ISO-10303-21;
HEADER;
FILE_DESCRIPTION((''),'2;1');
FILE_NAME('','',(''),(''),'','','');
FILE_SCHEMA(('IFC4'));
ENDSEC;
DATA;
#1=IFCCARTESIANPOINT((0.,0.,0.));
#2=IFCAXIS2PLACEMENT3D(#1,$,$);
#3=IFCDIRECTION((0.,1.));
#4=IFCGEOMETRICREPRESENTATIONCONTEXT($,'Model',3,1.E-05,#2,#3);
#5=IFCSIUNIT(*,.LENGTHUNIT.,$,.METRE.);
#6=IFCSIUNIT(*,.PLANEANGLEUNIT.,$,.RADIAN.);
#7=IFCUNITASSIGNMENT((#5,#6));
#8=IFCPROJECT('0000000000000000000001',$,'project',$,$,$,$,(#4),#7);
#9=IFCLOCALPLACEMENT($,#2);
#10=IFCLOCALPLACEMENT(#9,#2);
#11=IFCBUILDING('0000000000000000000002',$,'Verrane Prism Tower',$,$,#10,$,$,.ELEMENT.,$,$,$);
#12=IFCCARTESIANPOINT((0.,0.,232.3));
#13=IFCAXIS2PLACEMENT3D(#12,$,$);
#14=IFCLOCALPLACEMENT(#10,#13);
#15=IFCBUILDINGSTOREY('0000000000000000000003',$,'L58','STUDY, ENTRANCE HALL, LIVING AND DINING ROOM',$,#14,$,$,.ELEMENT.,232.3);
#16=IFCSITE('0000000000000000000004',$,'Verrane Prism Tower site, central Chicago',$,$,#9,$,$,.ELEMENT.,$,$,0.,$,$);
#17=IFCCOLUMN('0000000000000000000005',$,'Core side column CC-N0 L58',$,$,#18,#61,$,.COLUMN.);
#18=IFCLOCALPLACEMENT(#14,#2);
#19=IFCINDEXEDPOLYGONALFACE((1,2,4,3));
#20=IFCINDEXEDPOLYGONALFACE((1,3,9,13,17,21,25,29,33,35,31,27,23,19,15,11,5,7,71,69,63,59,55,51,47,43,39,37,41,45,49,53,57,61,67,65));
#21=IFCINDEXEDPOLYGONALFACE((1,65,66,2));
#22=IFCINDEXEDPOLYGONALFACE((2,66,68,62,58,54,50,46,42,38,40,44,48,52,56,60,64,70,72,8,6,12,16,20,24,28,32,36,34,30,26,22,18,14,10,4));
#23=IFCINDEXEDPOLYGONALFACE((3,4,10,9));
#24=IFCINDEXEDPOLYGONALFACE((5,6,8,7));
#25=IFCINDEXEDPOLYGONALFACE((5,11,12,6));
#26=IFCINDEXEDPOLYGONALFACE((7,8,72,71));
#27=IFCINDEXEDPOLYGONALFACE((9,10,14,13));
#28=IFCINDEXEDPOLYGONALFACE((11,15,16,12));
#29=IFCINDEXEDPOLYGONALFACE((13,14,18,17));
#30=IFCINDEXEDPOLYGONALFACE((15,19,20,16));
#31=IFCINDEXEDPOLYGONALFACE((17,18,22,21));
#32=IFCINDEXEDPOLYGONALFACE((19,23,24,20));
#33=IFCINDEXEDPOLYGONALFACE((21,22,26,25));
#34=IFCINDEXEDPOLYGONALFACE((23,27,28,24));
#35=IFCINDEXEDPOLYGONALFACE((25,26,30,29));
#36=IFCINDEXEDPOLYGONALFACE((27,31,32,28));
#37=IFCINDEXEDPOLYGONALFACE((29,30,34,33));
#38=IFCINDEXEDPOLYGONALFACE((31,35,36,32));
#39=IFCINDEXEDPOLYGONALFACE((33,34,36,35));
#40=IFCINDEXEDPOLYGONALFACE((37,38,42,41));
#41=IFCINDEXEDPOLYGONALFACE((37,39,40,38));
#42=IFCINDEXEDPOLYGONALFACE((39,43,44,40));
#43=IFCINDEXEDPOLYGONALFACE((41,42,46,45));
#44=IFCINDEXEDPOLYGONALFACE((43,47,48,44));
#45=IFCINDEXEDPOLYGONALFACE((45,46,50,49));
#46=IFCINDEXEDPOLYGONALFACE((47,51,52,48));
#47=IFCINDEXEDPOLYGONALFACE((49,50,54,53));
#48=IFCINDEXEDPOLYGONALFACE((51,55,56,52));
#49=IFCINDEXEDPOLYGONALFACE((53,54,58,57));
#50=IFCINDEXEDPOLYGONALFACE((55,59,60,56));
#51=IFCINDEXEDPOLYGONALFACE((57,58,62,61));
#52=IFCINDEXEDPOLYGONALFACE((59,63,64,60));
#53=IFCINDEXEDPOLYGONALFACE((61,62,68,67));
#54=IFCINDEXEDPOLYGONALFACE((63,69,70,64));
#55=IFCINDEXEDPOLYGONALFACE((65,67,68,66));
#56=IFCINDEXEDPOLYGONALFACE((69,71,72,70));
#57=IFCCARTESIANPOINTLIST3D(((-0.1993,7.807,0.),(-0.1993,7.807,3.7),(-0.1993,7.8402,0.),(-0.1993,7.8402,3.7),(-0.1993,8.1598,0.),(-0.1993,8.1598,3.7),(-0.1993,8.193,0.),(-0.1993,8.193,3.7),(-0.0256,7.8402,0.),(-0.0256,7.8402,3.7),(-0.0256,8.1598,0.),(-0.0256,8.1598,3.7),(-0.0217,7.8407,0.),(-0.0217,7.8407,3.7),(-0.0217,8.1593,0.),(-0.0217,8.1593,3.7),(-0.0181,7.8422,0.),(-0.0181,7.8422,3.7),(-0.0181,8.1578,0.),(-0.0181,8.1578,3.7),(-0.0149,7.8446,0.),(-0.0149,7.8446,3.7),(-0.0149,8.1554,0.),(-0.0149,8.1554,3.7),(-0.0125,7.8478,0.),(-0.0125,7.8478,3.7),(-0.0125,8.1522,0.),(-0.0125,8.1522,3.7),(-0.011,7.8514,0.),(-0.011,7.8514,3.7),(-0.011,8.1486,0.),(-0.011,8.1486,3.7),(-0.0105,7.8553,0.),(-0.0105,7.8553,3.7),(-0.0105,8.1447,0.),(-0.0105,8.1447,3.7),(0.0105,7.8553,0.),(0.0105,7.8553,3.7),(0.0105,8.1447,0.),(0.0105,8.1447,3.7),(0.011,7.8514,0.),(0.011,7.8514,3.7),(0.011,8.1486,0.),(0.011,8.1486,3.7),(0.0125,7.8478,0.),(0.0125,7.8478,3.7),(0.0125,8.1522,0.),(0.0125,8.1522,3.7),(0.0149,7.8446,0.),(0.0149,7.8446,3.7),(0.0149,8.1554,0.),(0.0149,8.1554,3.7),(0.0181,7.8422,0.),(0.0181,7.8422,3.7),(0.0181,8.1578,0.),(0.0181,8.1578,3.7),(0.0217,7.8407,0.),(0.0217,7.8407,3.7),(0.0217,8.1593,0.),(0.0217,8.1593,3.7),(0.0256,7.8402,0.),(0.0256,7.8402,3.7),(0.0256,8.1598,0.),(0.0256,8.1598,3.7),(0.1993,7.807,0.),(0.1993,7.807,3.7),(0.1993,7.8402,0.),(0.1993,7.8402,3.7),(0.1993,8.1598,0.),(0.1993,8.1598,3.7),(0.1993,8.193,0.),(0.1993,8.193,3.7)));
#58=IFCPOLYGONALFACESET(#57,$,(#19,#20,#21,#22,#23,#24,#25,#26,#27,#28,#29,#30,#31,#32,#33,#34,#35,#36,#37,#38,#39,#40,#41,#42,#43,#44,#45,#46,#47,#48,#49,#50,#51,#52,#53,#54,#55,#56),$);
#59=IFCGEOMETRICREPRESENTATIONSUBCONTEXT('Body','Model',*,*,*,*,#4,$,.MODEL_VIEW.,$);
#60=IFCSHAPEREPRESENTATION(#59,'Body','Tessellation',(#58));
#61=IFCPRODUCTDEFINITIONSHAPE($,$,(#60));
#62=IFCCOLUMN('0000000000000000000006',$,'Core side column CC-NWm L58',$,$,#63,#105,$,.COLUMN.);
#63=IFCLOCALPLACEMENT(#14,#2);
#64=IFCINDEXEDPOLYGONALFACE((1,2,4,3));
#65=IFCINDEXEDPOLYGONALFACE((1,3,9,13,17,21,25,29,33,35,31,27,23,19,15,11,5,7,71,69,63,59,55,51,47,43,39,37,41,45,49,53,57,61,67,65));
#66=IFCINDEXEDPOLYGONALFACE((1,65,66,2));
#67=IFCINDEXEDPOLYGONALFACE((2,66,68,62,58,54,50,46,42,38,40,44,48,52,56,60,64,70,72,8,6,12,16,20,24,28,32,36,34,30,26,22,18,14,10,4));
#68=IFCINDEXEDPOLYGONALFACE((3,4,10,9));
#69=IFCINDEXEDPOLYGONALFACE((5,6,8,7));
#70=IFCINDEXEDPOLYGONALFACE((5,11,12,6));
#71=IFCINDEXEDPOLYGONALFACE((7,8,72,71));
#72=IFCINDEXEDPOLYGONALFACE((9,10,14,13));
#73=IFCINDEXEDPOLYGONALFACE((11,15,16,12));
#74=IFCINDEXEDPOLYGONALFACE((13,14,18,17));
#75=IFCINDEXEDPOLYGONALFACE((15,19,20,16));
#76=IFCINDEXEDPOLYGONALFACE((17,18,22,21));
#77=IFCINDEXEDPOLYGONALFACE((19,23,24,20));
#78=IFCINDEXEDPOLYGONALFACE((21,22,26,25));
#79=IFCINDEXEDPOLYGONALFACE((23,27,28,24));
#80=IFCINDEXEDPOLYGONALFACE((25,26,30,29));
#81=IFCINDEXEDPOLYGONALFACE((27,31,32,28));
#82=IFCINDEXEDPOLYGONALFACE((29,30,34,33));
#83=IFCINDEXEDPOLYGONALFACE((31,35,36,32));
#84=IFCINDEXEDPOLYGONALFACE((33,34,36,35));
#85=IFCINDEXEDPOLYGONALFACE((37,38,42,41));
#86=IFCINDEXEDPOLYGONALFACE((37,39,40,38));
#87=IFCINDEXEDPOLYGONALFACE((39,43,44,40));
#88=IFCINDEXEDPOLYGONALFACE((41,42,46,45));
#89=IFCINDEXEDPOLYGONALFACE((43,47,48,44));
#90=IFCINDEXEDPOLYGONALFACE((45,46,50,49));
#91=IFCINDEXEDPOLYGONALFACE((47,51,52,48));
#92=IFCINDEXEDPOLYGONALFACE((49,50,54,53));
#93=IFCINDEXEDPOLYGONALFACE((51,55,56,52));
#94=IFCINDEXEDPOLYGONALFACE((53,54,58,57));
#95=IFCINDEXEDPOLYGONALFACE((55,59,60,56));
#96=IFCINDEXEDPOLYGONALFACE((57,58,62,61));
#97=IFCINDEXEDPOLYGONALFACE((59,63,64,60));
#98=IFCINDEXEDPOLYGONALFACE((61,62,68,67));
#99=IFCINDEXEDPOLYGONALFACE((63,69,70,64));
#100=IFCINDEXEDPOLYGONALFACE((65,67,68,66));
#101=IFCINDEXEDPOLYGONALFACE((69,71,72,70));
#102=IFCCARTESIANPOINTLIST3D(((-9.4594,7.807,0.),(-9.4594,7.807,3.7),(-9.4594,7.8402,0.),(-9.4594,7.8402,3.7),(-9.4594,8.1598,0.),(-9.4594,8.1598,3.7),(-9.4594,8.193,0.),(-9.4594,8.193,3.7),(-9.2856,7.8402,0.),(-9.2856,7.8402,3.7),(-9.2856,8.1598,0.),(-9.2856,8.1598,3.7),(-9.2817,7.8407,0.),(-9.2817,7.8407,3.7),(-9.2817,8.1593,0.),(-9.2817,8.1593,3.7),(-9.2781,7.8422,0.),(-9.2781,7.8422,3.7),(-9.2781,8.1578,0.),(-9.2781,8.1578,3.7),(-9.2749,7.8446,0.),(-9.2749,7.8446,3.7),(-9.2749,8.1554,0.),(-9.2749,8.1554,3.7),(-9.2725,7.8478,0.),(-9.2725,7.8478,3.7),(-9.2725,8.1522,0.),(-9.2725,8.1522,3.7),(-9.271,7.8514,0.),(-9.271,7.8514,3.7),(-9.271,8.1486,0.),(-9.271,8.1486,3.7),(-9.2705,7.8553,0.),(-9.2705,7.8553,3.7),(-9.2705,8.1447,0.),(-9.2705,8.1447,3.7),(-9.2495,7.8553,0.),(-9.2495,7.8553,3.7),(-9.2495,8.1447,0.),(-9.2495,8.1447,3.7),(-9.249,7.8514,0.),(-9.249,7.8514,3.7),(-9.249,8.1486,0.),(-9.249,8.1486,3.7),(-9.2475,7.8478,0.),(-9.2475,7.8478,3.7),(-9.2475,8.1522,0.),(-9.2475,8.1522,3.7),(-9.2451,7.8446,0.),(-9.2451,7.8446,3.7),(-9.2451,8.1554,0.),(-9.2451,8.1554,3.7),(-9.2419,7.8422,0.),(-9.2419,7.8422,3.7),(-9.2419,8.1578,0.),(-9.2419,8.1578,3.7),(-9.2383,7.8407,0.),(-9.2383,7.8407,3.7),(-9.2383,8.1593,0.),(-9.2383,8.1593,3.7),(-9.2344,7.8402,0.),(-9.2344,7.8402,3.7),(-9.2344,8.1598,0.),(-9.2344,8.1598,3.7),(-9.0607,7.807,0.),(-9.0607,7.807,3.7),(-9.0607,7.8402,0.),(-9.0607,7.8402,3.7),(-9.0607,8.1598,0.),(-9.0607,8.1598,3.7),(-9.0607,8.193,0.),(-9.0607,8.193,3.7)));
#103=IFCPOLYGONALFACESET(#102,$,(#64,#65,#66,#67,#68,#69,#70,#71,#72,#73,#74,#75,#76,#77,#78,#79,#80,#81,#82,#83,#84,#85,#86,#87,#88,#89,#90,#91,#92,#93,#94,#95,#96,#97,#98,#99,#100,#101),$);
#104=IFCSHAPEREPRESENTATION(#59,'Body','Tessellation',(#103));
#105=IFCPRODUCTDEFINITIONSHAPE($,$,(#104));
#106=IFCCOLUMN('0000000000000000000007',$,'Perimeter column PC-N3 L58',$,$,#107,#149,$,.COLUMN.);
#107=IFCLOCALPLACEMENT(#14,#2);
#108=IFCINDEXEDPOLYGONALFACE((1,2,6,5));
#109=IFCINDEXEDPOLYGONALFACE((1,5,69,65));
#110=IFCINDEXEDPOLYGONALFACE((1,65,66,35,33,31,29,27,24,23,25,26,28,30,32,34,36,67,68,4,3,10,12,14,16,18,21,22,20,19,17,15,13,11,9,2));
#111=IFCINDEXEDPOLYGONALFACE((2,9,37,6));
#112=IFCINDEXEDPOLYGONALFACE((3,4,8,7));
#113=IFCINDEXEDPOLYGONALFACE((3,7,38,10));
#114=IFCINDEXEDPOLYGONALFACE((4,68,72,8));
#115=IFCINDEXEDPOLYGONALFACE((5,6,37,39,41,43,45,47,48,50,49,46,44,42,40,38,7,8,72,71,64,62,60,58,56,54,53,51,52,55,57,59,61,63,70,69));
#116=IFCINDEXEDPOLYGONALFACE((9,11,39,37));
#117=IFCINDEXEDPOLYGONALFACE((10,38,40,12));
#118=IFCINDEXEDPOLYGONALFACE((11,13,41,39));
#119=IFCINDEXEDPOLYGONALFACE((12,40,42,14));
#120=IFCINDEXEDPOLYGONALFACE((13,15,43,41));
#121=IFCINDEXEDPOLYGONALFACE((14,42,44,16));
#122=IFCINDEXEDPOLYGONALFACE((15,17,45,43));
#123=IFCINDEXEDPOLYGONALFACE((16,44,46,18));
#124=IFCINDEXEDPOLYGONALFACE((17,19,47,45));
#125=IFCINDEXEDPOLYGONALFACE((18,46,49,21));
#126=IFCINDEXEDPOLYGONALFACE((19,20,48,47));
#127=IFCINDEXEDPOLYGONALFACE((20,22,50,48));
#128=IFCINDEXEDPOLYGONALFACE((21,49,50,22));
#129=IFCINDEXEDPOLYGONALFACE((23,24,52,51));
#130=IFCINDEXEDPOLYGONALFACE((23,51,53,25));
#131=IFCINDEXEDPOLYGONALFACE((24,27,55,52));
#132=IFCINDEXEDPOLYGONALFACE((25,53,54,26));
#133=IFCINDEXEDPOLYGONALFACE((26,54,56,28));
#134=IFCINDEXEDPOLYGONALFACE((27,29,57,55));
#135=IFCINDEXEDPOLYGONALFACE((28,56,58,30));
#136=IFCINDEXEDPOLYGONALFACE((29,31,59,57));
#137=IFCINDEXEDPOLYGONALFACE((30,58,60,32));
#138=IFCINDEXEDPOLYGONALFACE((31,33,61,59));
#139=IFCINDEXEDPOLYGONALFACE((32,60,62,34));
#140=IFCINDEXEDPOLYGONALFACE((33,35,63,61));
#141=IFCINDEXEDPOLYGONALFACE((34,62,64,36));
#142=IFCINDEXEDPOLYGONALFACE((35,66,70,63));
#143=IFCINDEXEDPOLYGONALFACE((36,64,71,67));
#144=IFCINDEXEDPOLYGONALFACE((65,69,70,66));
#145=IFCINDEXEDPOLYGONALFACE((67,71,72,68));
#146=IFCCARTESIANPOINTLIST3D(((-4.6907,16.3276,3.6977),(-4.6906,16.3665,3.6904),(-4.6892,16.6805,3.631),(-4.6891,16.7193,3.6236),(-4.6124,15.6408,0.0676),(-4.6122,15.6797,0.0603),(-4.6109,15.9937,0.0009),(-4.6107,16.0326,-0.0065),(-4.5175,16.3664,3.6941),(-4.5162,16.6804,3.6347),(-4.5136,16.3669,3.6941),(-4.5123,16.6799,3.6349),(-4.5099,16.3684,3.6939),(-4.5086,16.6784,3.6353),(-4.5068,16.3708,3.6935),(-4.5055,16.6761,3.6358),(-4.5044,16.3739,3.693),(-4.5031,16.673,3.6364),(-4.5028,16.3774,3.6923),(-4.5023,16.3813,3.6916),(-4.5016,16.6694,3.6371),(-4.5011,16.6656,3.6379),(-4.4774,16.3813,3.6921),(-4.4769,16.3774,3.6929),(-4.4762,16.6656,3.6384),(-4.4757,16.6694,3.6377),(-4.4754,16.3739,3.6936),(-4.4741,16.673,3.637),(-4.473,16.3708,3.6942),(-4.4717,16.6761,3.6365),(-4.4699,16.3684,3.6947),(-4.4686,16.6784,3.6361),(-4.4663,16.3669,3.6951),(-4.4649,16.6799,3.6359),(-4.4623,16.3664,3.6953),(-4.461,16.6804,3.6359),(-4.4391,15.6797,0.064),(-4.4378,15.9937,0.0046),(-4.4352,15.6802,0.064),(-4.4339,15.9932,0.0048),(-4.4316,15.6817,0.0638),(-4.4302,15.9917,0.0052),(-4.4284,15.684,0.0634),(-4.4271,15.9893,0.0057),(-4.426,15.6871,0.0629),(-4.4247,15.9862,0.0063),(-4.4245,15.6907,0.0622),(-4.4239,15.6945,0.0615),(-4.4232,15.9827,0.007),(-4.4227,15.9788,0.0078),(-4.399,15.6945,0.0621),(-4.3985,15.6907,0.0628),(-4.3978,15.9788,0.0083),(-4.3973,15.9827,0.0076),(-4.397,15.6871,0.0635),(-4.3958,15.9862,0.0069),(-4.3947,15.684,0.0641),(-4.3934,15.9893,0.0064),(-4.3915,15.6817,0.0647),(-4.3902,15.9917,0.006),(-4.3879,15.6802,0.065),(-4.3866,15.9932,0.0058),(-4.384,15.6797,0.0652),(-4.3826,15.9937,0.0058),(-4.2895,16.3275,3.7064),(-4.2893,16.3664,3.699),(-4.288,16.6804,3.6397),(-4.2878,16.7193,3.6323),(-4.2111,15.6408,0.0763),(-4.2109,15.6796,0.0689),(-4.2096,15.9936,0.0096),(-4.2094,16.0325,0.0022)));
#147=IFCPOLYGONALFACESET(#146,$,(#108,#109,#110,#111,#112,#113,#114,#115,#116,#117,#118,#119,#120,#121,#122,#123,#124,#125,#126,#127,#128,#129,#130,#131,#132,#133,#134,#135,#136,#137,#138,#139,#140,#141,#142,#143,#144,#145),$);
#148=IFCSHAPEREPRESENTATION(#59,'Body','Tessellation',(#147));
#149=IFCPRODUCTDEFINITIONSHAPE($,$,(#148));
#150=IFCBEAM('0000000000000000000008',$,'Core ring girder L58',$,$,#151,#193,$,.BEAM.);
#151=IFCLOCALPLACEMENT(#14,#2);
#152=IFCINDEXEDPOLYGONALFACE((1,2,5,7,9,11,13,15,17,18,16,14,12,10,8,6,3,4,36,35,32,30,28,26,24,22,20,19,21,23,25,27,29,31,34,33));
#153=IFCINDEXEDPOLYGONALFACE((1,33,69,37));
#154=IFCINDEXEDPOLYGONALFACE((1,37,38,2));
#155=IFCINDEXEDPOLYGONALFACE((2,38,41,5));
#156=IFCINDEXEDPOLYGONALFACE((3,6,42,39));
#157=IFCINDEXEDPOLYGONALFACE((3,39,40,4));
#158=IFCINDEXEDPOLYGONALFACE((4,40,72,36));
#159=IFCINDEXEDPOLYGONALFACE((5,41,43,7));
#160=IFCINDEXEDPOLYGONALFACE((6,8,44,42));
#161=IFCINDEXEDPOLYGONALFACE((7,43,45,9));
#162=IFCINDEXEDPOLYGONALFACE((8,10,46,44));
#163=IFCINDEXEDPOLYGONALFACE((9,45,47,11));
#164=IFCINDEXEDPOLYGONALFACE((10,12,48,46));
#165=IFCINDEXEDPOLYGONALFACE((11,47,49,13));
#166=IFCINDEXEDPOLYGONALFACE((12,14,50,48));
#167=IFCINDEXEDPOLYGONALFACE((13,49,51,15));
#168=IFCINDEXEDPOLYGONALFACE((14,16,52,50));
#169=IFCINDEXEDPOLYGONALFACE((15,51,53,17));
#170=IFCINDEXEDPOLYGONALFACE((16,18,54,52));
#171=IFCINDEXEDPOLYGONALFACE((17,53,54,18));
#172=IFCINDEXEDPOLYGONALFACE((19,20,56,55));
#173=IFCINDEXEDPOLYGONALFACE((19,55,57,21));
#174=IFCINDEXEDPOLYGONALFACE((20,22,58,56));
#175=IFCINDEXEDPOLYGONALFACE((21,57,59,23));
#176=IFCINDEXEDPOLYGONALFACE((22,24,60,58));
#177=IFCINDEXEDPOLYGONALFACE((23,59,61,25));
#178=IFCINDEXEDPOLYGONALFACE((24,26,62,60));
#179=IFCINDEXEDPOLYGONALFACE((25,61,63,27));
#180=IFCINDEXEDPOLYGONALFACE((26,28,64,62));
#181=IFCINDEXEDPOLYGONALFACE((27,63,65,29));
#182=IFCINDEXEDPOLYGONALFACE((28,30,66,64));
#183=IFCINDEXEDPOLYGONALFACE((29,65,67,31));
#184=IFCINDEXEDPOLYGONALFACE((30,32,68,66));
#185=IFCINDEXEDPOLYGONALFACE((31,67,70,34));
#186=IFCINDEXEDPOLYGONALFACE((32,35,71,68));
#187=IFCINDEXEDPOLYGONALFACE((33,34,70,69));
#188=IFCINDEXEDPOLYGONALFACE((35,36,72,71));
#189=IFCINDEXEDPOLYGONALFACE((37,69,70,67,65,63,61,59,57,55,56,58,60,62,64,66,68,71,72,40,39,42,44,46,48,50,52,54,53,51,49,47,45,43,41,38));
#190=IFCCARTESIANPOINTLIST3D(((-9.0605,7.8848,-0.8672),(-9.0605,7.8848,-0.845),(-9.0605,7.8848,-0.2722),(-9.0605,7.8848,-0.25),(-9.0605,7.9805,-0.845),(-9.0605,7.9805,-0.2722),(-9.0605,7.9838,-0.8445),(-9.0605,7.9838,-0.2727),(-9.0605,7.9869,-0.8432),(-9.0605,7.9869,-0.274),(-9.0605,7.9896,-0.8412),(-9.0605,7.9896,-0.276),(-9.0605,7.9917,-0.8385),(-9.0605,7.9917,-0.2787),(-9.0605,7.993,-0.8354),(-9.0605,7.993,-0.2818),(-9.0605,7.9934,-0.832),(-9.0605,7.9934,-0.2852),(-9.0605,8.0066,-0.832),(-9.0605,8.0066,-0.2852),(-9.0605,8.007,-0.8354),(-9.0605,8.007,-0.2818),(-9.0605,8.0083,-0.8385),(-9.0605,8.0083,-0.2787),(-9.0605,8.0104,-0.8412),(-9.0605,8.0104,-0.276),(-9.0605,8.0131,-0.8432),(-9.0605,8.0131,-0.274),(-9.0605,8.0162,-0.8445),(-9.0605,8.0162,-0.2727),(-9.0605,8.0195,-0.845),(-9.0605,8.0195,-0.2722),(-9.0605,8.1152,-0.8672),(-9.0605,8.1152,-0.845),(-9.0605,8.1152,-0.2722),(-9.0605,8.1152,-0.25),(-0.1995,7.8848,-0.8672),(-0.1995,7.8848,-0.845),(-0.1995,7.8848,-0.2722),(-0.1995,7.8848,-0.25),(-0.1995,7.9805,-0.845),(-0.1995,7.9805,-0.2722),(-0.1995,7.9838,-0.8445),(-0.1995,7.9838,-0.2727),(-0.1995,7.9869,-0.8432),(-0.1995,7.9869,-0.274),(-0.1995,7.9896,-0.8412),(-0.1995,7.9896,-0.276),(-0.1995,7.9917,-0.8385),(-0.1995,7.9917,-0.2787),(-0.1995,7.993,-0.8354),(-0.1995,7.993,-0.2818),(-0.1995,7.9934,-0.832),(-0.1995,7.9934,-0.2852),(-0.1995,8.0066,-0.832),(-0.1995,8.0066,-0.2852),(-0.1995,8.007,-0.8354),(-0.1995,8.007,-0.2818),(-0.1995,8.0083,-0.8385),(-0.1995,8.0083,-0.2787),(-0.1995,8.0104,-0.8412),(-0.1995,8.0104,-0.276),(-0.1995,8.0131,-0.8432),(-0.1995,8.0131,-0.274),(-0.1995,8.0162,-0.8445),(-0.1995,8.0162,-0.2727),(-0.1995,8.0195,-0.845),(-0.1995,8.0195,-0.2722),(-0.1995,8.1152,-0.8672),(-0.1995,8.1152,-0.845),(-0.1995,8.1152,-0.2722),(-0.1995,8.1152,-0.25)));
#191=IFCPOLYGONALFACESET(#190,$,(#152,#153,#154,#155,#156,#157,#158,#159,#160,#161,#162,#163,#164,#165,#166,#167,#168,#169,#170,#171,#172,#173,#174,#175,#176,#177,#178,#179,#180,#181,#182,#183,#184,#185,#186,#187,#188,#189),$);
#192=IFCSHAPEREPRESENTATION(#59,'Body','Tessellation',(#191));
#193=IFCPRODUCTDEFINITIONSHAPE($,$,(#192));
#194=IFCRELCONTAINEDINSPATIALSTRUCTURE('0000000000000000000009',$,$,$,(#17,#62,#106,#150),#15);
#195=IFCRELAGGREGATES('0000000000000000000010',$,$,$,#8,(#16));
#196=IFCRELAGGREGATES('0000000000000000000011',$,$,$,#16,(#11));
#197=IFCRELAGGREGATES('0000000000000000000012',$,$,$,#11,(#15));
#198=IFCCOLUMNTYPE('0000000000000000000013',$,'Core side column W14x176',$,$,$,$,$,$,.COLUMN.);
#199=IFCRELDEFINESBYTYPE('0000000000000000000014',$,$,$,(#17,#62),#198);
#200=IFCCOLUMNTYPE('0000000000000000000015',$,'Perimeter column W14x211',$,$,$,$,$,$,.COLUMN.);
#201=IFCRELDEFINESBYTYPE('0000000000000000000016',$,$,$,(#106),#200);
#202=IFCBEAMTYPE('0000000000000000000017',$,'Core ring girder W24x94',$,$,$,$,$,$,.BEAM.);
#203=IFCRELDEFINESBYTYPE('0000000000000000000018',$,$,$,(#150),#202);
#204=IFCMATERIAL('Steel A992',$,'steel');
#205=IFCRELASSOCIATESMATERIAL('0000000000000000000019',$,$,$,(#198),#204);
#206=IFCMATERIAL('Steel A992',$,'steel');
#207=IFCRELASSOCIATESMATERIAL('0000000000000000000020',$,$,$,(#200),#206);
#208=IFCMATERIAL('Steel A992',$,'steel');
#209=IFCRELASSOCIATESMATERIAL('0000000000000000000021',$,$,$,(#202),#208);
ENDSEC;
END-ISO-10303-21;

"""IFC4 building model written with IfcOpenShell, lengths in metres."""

from ifc_helpers import new_model, si_unit, direction, frame, origin, origin_2d, place, context, subcontext, project, spatial, i_section, extrude, material, material_profile, profile_set, type_object, element, save


model = new_model("IFC4")

# Units and contexts
model_context = context("Model", 3, precision=1e-05, world=origin(), true_north=direction((0.0, 1.0)))
body_context = subcontext(model_context, "Body", "Model", "MODEL_VIEW")
ifc_project = project(units=[si_unit("LENGTHUNIT", "METRE"), si_unit("PLANEANGLEUNIT", "RADIAN")], contexts=[model_context])

# Site, building, storey
site_placement = place(None, origin())
site = spatial("IfcSite", under=ifc_project, at=site_placement, Name="Verrane Prism Tower site, central Chicago", CompositionType="ELEMENT", RefElevation=0.0)
building_placement = place(site_placement, origin())
building = spatial("IfcBuilding", under=site, at=building_placement, Name="Verrane Prism Tower", CompositionType="ELEMENT")
storey_placement = place(building_placement, frame((0.0, 0.0, 232.3)))
storey = spatial("IfcBuildingStorey", under=building, at=storey_placement, Name="L58", Description="STUDY, ENTRANCE HALL, LIVING AND DINING ROOM", CompositionType="ELEMENT", Elevation=232.3)

# Columns
ifc_material_1 = material(Name="Steel A992", Category="steel")
ifc_material_profile_1 = material_profile(ifc_material_1, i_section(OverallWidth=0.3987, OverallDepth=0.386, WebThickness=0.021, FlangeThickness=0.0332, FilletRadius=0.0151, at=origin_2d()), Name="W14x176")
ifc_profile_set_1 = profile_set([ifc_material_profile_1], Name="Steel A992")
column_type_1 = type_object("IfcColumnType", Name="Core side column W14x176", PredefinedType="COLUMN", material=ifc_profile_set_1)
for number, where, z_axis, x_axis, name in (
    (1, (0.0, 8.0, 0.0), (0.0, 0.0, 1.0), (1.0, 0.0, 0.0), "Core side column CC-N0 L58"),
    (2, (-9.26, 8.0, 0.0), (0.0, 0.0, 1.0), (1.0, 0.0, 0.0), "Core side column CC-NWm L58"),
):
    element("IfcColumn", number, at=place(storey_placement, frame(where, z_axis=z_axis, x_axis=x_axis)), inside=storey, type_object=column_type_1, Name=name, PredefinedType="COLUMN", context=body_context, shape_type="SweptSolid", body=[
        extrude(i_section(OverallWidth=0.3987, OverallDepth=0.386, WebThickness=0.021, FlangeThickness=0.0332, FilletRadius=0.0151, at=origin_2d()), origin(), (0.0, 0.0, 1.0), 3.7),
    ])
ifc_material_2 = material(Name="Steel A992", Category="steel")
ifc_material_profile_2 = material_profile(ifc_material_2, i_section(OverallWidth=0.4014, OverallDepth=0.3987, WebThickness=0.0249, FlangeThickness=0.0396, FilletRadius=0.0151, at=origin_2d()), Name="W14x211")
ifc_profile_set_2 = profile_set([ifc_material_profile_2], Name="Steel A992")
column_type_2 = type_object("IfcColumnType", Name="Perimeter column W14x211", PredefinedType="COLUMN", material=ifc_profile_set_2)
column_placement = place(storey_placement, frame((-4.4109, 15.8367, 0.0349), z_axis=(-0.021208, 0.185846, 0.98235), x_axis=(0.999766, -0.00017, 0.021616)))
element("IfcColumn", 3, at=column_placement, inside=storey, type_object=column_type_2, Name="Perimeter column PC-N3 L58", PredefinedType="COLUMN", context=body_context, shape_type="SweptSolid", body=[
    extrude(i_section(OverallWidth=0.4014, OverallDepth=0.3987, WebThickness=0.0249, FlangeThickness=0.0396, FilletRadius=0.0151, at=origin_2d()), origin(), (0.0, 0.0, 1.0), 3.6953),
])

# Beam
ifc_material_3 = material(Name="Steel A992", Category="steel")
ifc_material_profile_3 = material_profile(ifc_material_3, i_section(OverallWidth=0.2305, OverallDepth=0.6172, WebThickness=0.0132, FlangeThickness=0.0222, FilletRadius=0.0129, at=origin_2d()), Name="W24x94")
ifc_profile_set_3 = profile_set([ifc_material_profile_3], Name="Steel A992")
beam_type_1 = type_object("IfcBeamType", Name="Core ring girder W24x94", PredefinedType="BEAM", material=ifc_profile_set_3)
beam_1_placement = place(storey_placement, frame((-0.1995, 8.0, -0.5586), z_axis=(-1.0, 0.0, 0.0), x_axis=(0.0, -1.0, 0.0)))
element("IfcBeam", 4, at=beam_1_placement, inside=storey, type_object=beam_type_1, Name="Core ring girder L58", PredefinedType="BEAM", context=body_context, shape_type="SweptSolid", body=[
    extrude(i_section(OverallWidth=0.2305, OverallDepth=0.6172, WebThickness=0.0132, FlangeThickness=0.0222, FilletRadius=0.0129, at=origin_2d()), origin(), (0.0, 0.0, 1.0), 8.8611),
])

save(model, "model.ifc")
